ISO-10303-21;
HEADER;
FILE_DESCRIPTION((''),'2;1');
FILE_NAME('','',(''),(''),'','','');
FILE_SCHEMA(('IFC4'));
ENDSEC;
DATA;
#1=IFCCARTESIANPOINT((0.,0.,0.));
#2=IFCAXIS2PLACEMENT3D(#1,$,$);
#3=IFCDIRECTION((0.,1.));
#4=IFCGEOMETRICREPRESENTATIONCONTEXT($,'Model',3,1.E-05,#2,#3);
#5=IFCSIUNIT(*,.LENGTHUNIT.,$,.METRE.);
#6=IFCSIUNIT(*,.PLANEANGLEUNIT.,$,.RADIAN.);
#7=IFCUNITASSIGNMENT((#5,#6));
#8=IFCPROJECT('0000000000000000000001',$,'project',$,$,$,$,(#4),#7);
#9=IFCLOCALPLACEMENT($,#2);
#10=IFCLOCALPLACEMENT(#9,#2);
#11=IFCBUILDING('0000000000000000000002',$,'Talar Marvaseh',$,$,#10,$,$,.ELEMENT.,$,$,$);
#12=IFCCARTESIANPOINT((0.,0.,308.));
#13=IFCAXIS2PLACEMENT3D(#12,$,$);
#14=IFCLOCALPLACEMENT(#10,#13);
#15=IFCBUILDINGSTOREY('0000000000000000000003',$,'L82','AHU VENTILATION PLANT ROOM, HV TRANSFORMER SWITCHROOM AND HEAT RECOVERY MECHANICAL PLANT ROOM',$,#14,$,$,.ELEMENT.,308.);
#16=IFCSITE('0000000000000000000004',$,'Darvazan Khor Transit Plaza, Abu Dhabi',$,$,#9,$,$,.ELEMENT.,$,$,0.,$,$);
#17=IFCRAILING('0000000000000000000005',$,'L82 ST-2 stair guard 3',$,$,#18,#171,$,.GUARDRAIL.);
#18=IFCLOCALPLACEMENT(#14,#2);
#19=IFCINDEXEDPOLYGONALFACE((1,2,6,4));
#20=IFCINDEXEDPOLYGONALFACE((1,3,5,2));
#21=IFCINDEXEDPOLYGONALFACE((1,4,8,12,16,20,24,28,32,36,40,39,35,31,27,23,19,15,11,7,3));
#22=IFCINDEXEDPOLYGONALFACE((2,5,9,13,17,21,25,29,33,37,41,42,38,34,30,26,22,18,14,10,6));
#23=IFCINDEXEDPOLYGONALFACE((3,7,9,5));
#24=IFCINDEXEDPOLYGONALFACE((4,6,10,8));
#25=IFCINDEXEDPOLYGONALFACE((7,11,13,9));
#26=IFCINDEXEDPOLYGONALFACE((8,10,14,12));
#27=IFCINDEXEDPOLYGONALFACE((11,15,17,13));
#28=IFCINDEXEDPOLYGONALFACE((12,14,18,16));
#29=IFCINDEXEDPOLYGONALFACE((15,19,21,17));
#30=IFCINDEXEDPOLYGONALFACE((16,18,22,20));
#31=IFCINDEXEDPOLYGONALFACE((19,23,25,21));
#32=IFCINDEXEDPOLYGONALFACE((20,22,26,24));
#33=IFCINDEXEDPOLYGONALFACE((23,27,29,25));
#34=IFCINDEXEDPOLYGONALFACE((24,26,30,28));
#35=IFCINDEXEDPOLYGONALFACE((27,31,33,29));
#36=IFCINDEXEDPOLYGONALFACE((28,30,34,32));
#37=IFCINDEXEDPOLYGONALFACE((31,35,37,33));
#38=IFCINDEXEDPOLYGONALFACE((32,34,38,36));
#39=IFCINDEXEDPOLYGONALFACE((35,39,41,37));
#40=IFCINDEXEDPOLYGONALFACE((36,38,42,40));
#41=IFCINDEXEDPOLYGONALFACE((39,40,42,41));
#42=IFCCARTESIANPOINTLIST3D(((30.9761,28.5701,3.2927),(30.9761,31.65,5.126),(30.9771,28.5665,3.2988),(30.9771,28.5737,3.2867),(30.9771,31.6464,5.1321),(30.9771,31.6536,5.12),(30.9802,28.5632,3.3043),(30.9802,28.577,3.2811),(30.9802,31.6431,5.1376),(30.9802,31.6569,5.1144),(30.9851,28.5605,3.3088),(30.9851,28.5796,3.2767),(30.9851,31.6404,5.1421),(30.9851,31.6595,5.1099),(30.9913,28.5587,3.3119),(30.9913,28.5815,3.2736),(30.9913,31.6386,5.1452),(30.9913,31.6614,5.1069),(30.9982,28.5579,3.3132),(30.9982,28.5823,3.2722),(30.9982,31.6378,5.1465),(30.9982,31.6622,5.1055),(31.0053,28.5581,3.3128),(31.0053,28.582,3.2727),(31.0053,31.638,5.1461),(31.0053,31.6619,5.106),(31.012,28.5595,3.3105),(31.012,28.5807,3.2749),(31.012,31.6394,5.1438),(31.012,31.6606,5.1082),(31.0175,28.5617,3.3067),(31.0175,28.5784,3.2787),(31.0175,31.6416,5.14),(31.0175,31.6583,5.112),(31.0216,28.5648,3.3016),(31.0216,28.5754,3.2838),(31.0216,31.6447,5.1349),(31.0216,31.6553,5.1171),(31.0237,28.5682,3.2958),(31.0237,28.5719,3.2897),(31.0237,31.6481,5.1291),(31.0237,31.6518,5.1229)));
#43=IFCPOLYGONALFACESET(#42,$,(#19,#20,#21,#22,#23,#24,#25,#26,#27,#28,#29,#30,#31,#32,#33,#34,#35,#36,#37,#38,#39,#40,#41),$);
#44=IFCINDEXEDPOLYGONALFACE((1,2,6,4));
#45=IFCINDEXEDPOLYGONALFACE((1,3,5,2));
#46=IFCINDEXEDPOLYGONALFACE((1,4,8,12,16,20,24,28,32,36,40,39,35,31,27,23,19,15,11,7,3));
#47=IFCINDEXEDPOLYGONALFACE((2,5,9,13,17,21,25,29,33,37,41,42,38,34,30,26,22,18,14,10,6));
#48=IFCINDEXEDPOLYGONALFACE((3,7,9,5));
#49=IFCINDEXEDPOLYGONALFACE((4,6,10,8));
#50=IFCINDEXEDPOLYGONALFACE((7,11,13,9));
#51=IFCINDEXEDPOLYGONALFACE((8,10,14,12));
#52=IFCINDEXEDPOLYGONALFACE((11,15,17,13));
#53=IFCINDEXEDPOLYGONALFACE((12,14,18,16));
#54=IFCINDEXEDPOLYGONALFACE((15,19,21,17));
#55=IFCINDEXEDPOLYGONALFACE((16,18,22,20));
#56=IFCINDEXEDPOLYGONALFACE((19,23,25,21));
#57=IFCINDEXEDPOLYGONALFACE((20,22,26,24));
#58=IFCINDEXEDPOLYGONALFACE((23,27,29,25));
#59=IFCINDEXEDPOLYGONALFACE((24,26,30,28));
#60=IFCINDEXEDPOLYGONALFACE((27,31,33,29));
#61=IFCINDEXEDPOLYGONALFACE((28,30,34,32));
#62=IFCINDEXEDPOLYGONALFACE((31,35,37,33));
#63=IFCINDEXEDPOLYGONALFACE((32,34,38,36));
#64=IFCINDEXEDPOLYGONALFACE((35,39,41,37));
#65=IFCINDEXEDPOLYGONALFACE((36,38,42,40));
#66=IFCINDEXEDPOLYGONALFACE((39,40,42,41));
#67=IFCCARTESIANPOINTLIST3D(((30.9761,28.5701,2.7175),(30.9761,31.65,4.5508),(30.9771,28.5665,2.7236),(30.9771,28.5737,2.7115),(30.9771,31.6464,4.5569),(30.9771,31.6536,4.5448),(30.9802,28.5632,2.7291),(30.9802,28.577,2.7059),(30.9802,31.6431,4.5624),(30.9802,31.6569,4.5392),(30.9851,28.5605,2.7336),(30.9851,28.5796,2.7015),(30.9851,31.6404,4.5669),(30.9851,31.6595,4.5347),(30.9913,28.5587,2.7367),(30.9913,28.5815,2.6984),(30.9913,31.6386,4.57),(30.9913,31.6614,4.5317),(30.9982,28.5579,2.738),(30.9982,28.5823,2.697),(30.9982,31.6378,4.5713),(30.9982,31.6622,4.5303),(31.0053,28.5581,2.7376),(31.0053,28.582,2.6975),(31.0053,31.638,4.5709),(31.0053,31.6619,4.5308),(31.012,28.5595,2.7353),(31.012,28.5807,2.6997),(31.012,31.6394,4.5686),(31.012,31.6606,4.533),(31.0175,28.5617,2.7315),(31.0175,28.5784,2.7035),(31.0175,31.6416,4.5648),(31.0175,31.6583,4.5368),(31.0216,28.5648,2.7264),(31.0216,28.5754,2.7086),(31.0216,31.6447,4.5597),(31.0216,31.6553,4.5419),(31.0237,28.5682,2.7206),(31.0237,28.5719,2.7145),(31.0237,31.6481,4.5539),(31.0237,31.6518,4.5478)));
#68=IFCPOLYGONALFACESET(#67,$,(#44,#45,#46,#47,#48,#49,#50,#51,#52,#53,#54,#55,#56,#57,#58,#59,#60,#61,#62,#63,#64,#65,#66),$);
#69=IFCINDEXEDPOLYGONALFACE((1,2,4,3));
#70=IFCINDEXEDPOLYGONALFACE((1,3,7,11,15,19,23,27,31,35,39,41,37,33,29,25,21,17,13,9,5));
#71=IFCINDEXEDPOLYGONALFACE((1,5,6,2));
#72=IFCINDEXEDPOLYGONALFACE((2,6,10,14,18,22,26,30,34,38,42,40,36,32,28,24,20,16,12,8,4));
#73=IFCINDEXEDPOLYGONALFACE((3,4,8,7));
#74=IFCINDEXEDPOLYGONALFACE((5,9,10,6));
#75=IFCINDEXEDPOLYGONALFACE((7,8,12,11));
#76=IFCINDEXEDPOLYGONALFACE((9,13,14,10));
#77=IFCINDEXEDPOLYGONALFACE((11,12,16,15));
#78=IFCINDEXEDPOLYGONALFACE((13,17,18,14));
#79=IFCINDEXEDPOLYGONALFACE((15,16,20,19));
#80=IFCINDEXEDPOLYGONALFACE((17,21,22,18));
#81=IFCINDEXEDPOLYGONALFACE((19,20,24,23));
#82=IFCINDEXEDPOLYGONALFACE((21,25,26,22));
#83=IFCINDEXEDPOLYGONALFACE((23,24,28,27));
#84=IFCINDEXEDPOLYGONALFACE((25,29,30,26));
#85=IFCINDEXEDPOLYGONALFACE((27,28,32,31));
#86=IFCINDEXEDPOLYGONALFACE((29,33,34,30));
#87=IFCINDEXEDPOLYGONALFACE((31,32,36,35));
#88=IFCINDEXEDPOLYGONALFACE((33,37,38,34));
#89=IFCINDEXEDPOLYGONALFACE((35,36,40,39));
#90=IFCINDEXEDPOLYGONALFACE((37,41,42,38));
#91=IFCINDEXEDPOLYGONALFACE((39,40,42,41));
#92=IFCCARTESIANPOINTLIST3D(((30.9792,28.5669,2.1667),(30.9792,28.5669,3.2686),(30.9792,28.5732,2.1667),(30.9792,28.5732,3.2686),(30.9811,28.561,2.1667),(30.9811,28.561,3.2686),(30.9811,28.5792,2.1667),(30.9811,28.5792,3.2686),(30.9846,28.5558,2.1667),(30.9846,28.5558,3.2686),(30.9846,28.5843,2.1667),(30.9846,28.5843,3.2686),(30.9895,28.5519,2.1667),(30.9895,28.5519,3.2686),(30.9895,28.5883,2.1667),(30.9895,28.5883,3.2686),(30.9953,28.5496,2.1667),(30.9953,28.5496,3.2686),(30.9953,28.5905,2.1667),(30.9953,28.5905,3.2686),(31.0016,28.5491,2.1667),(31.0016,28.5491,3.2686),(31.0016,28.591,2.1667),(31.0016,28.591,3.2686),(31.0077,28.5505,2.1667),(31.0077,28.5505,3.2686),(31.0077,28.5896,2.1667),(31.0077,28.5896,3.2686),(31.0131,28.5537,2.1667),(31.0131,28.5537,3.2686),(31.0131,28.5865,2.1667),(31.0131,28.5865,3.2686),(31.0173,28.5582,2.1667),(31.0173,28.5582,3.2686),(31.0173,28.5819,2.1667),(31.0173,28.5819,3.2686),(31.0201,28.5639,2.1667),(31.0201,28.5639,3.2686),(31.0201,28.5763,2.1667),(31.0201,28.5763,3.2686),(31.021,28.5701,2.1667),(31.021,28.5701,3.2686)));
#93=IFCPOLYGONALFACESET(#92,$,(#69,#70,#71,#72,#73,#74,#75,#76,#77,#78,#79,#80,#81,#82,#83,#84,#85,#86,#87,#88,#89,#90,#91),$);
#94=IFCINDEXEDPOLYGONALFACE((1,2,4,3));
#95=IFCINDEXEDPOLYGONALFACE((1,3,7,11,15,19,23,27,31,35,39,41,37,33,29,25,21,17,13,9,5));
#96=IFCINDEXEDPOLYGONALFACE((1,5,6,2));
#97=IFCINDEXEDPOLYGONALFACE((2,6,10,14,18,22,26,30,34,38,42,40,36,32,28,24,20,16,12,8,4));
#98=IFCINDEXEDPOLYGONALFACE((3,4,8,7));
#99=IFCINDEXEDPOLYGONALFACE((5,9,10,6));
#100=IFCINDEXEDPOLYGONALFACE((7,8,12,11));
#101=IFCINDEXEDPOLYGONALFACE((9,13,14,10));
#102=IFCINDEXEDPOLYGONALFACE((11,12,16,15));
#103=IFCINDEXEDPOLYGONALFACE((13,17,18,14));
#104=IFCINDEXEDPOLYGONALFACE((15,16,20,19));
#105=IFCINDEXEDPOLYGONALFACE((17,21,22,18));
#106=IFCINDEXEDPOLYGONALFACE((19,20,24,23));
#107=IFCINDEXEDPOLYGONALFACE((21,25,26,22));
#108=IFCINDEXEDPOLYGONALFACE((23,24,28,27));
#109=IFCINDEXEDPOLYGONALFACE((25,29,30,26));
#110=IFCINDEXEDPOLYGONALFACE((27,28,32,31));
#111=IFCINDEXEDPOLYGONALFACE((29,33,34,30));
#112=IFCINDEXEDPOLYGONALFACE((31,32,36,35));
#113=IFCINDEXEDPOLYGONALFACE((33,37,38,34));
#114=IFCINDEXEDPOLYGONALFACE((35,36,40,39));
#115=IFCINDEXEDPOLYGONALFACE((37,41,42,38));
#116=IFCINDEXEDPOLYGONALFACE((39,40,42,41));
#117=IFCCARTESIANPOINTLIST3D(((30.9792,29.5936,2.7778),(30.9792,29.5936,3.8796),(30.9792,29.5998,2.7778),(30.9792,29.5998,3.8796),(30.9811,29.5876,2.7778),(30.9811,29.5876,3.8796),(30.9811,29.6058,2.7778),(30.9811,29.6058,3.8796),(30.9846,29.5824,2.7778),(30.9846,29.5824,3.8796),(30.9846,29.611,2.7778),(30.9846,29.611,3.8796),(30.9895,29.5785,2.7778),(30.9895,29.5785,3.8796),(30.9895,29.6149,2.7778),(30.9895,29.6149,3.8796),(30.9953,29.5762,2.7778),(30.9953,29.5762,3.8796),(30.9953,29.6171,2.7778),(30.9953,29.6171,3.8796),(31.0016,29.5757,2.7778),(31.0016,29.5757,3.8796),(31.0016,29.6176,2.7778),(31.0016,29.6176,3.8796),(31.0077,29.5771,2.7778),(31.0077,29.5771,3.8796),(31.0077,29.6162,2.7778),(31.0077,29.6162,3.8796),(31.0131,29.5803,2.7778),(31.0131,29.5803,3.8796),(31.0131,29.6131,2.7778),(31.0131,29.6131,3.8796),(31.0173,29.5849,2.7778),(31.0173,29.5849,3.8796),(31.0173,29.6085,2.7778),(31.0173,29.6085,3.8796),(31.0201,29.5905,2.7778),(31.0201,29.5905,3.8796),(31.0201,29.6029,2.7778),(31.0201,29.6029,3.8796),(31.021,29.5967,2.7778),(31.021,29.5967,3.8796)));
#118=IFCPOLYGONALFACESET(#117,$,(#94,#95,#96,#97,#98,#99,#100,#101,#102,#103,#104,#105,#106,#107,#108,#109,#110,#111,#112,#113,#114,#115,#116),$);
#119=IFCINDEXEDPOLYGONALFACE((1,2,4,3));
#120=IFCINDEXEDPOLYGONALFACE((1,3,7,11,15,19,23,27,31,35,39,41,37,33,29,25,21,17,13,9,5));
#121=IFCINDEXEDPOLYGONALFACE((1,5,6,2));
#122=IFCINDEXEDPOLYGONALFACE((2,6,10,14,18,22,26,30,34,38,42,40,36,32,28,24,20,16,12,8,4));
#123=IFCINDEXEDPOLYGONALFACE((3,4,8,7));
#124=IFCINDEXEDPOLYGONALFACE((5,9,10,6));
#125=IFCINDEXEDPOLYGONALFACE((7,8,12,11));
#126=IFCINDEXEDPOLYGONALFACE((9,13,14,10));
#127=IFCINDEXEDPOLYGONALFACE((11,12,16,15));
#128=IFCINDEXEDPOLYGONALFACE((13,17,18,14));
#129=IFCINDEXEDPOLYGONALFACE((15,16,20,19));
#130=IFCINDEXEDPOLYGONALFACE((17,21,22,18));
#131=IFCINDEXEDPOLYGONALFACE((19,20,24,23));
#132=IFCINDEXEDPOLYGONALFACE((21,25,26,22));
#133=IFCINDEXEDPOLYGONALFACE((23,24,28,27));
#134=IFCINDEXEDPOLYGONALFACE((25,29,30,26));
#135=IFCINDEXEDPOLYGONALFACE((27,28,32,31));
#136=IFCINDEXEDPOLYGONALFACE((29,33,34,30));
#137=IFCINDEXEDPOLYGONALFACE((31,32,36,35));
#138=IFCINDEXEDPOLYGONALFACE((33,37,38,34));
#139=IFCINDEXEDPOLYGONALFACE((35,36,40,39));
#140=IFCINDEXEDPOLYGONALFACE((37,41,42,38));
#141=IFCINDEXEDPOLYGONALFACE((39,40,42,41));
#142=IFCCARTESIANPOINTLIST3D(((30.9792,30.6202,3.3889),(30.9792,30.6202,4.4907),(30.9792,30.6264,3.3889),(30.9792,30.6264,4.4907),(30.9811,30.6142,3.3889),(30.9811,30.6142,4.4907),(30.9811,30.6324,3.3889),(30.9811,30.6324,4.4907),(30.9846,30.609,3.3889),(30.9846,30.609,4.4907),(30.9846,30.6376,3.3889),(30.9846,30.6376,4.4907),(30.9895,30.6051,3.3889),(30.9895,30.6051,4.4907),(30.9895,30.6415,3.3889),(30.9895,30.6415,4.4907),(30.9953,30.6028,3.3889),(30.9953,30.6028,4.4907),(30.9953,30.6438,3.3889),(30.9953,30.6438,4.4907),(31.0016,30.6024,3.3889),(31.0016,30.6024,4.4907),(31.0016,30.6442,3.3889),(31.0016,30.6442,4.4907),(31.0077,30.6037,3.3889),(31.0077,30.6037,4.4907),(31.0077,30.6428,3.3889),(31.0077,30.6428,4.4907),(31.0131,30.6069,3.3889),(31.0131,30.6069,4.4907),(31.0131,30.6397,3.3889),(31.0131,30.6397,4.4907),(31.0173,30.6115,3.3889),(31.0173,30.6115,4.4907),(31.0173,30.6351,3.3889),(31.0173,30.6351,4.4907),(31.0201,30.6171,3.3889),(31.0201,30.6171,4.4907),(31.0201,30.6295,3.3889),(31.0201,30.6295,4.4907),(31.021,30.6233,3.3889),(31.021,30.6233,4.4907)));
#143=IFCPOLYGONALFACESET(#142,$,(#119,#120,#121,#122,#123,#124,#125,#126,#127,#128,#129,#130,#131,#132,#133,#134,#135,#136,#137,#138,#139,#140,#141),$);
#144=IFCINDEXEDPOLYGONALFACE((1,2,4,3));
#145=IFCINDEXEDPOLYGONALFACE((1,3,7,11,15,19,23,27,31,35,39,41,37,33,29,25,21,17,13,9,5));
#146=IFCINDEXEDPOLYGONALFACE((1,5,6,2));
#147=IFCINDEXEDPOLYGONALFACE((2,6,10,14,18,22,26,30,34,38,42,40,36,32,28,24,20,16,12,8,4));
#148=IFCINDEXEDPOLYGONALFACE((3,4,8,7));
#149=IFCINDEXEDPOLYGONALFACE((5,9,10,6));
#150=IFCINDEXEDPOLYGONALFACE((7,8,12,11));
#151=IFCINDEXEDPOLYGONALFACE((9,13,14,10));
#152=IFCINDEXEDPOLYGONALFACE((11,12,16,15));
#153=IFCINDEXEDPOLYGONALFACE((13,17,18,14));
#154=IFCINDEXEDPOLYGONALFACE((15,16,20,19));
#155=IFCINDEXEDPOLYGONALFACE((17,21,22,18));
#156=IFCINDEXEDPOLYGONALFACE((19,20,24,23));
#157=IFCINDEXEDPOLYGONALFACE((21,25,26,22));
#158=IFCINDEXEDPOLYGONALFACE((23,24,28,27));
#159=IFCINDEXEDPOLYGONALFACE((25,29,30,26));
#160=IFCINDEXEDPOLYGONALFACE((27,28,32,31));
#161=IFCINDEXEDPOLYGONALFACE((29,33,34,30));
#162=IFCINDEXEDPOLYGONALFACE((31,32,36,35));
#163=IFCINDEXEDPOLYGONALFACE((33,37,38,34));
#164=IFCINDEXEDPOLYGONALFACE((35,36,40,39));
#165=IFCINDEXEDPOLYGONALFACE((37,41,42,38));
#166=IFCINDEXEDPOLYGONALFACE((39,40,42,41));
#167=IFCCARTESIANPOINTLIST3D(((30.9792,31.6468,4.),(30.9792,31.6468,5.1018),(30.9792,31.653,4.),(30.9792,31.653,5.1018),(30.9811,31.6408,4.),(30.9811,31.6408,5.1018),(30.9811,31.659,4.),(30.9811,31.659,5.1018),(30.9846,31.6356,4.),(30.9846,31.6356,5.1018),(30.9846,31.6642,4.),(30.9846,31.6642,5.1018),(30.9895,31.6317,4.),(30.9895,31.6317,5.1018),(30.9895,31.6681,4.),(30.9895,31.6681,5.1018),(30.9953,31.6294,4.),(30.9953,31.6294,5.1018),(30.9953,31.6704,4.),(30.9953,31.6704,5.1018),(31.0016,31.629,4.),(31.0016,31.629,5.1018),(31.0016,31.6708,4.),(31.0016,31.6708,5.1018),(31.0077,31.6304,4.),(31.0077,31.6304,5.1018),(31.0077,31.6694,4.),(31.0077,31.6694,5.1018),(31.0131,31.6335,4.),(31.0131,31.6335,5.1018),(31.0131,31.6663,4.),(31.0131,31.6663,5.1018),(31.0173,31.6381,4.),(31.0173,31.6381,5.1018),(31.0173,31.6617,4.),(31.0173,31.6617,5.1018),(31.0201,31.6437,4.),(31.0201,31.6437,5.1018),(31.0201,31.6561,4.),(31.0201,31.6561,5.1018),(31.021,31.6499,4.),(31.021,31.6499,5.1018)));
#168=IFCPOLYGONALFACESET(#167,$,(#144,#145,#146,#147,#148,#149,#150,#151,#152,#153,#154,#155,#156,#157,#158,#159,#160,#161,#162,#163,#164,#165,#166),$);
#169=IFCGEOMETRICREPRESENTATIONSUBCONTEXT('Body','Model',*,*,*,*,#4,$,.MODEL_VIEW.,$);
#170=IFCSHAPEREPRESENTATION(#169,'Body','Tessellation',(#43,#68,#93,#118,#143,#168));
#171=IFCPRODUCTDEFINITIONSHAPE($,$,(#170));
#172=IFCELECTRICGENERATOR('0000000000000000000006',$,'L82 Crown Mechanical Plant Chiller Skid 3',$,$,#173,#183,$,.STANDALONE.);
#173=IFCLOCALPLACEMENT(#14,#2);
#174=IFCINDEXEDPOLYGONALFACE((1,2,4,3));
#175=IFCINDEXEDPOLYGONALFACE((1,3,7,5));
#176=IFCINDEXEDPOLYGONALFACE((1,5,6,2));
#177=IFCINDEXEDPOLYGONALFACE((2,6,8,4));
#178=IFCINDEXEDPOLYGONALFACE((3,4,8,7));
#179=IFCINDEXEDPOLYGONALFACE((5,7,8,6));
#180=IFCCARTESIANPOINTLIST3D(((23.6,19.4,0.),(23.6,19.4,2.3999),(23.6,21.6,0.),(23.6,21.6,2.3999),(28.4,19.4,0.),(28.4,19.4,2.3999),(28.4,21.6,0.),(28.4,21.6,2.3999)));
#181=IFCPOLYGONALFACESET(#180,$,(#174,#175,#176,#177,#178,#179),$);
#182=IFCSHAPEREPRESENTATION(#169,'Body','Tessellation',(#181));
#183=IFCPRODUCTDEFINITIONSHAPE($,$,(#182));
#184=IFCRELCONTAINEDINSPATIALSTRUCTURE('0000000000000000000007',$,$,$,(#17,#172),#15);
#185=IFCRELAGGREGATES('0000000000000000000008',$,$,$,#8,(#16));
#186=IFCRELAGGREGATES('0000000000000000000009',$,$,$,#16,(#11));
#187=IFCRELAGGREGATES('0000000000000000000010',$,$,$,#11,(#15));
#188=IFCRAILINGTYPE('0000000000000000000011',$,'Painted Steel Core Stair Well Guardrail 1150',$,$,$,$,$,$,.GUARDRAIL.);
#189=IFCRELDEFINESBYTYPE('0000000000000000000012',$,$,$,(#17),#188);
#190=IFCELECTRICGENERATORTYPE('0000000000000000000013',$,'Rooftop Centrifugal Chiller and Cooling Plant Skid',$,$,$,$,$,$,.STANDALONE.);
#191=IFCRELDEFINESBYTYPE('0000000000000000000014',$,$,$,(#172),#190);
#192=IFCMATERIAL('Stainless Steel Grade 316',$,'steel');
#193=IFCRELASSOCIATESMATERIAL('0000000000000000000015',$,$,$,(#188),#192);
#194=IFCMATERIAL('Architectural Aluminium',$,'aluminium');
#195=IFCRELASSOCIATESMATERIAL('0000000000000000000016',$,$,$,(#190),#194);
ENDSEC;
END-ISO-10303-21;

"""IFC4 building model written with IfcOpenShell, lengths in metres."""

from ifc_helpers import new_model, si_unit, direction, frame, origin, origin_2d, place, context, subcontext, project, spatial, rectangle, circle, extrude, source, transform, mapped, material, type_object, type_shapes, element, save


model = new_model("IFC4")

# Units and contexts
model_context = context("Model", 3, precision=1e-05, world=origin(), true_north=direction((0.0, 1.0)))
body_context = subcontext(model_context, "Body", "Model", "MODEL_VIEW")
ifc_project = project(units=[si_unit("LENGTHUNIT", "METRE"), si_unit("PLANEANGLEUNIT", "RADIAN")], contexts=[model_context])

# Site, building, storey
site_placement = place(None, origin())
site = spatial("IfcSite", under=ifc_project, at=site_placement, Name="Darvazan Khor Transit Plaza, Abu Dhabi", CompositionType="ELEMENT", RefElevation=0.0)
building_placement = place(site_placement, origin())
building = spatial("IfcBuilding", under=site, at=building_placement, Name="Talar Marvaseh", CompositionType="ELEMENT")
storey_placement = place(building_placement, frame((0.0, 0.0, 308.0)))
storey = spatial("IfcBuildingStorey", under=building, at=storey_placement, Name="L82", Description="AHU VENTILATION PLANT ROOM, HV TRANSFORMER SWITCHROOM AND HEAT RECOVERY MECHANICAL PLANT ROOM", CompositionType="ELEMENT", Elevation=308.0)

# Shared definitions
ifc_material_1 = material(Name="Architectural Aluminium", Category="aluminium")

# Railing
ifc_material_2 = material(Name="Stainless Steel Grade 316", Category="steel")
railing_type_1 = type_object("IfcRailingType", Name="Painted Steel Core Stair Well Guardrail 1150", PredefinedType="GUARDRAIL", material=ifc_material_2)
railing_1_placement = place(storey_placement, frame((31.0, 28.5701, 2.1667)))
element("IfcRailing", 1, at=railing_1_placement, inside=storey, type_object=railing_type_1, Name="L82 ST-2 stair guard 3", PredefinedType="GUARDRAIL", context=body_context, shape_type="SweptSolid", body=[
    extrude(circle(Radius=0.0239, at=origin_2d()), frame((0.0, 0.0, 1.126), z_axis=(0.0, 0.859291, 0.511487), x_axis=(-1.0, 0.0, 0.0)), (0.0, 0.0, 1.0), 3.5842),
    extrude(circle(Radius=0.0239, at=origin_2d()), frame((0.0, 0.0, 0.5508), z_axis=(0.0, 0.859291, 0.511487), x_axis=(-1.0, 0.0, 0.0)), (0.0, 0.0, 1.0), 3.5842),
    extrude(circle(Radius=0.021, at=origin_2d()), origin(), (0.0, 0.0, 1.0), 1.1018),
    extrude(circle(Radius=0.021, at=origin_2d()), frame((0.0, 1.0266, 0.6111)), (0.0, 0.0, 1.0), 1.1018),
    extrude(circle(Radius=0.021, at=origin_2d()), frame((0.0, 2.0532, 1.2222)), (0.0, 0.0, 1.0), 1.1018),
    extrude(circle(Radius=0.021, at=origin_2d()), frame((0.0, 3.0798, 1.8333)), (0.0, 0.0, 1.0), 1.1018),
])

# Electric generator
electric_generator_type = type_object("IfcElectricGeneratorType", Name="Rooftop Centrifugal Chiller and Cooling Plant Skid", PredefinedType="STANDALONE", material=ifc_material_1)
shared_shape_1 = source(origin(), body_context, "Body", "SweptSolid", [
    extrude(rectangle(XDim=4.8, YDim=2.2, at=origin_2d()), origin(), (0.0, 0.0, 1.0), 2.3999),
])
type_shapes(electric_generator_type, [shared_shape_1])
electric_generator_placement = place(storey_placement, frame((26.0, 20.5, 0.0), z_axis=(0.0, 0.0, 1.0), x_axis=(1.0, 0.0, 0.0)))
element("IfcElectricGenerator", 2, at=electric_generator_placement, inside=storey, type_object=electric_generator_type, Name="L82 Crown Mechanical Plant Chiller Skid 3", PredefinedType="STANDALONE", context=body_context, shape_type="MappedRepresentation", body=[
    mapped(shared_shape_1, transform((0.0, 0.0, 0.0), x_axis=(1.0, 0.0, 0.0), y_axis=(0.0, 1.0, 0.0), z_axis=(0.0, 0.0, 1.0), scale=1.0)),
])

save(model, "model.ifc")
